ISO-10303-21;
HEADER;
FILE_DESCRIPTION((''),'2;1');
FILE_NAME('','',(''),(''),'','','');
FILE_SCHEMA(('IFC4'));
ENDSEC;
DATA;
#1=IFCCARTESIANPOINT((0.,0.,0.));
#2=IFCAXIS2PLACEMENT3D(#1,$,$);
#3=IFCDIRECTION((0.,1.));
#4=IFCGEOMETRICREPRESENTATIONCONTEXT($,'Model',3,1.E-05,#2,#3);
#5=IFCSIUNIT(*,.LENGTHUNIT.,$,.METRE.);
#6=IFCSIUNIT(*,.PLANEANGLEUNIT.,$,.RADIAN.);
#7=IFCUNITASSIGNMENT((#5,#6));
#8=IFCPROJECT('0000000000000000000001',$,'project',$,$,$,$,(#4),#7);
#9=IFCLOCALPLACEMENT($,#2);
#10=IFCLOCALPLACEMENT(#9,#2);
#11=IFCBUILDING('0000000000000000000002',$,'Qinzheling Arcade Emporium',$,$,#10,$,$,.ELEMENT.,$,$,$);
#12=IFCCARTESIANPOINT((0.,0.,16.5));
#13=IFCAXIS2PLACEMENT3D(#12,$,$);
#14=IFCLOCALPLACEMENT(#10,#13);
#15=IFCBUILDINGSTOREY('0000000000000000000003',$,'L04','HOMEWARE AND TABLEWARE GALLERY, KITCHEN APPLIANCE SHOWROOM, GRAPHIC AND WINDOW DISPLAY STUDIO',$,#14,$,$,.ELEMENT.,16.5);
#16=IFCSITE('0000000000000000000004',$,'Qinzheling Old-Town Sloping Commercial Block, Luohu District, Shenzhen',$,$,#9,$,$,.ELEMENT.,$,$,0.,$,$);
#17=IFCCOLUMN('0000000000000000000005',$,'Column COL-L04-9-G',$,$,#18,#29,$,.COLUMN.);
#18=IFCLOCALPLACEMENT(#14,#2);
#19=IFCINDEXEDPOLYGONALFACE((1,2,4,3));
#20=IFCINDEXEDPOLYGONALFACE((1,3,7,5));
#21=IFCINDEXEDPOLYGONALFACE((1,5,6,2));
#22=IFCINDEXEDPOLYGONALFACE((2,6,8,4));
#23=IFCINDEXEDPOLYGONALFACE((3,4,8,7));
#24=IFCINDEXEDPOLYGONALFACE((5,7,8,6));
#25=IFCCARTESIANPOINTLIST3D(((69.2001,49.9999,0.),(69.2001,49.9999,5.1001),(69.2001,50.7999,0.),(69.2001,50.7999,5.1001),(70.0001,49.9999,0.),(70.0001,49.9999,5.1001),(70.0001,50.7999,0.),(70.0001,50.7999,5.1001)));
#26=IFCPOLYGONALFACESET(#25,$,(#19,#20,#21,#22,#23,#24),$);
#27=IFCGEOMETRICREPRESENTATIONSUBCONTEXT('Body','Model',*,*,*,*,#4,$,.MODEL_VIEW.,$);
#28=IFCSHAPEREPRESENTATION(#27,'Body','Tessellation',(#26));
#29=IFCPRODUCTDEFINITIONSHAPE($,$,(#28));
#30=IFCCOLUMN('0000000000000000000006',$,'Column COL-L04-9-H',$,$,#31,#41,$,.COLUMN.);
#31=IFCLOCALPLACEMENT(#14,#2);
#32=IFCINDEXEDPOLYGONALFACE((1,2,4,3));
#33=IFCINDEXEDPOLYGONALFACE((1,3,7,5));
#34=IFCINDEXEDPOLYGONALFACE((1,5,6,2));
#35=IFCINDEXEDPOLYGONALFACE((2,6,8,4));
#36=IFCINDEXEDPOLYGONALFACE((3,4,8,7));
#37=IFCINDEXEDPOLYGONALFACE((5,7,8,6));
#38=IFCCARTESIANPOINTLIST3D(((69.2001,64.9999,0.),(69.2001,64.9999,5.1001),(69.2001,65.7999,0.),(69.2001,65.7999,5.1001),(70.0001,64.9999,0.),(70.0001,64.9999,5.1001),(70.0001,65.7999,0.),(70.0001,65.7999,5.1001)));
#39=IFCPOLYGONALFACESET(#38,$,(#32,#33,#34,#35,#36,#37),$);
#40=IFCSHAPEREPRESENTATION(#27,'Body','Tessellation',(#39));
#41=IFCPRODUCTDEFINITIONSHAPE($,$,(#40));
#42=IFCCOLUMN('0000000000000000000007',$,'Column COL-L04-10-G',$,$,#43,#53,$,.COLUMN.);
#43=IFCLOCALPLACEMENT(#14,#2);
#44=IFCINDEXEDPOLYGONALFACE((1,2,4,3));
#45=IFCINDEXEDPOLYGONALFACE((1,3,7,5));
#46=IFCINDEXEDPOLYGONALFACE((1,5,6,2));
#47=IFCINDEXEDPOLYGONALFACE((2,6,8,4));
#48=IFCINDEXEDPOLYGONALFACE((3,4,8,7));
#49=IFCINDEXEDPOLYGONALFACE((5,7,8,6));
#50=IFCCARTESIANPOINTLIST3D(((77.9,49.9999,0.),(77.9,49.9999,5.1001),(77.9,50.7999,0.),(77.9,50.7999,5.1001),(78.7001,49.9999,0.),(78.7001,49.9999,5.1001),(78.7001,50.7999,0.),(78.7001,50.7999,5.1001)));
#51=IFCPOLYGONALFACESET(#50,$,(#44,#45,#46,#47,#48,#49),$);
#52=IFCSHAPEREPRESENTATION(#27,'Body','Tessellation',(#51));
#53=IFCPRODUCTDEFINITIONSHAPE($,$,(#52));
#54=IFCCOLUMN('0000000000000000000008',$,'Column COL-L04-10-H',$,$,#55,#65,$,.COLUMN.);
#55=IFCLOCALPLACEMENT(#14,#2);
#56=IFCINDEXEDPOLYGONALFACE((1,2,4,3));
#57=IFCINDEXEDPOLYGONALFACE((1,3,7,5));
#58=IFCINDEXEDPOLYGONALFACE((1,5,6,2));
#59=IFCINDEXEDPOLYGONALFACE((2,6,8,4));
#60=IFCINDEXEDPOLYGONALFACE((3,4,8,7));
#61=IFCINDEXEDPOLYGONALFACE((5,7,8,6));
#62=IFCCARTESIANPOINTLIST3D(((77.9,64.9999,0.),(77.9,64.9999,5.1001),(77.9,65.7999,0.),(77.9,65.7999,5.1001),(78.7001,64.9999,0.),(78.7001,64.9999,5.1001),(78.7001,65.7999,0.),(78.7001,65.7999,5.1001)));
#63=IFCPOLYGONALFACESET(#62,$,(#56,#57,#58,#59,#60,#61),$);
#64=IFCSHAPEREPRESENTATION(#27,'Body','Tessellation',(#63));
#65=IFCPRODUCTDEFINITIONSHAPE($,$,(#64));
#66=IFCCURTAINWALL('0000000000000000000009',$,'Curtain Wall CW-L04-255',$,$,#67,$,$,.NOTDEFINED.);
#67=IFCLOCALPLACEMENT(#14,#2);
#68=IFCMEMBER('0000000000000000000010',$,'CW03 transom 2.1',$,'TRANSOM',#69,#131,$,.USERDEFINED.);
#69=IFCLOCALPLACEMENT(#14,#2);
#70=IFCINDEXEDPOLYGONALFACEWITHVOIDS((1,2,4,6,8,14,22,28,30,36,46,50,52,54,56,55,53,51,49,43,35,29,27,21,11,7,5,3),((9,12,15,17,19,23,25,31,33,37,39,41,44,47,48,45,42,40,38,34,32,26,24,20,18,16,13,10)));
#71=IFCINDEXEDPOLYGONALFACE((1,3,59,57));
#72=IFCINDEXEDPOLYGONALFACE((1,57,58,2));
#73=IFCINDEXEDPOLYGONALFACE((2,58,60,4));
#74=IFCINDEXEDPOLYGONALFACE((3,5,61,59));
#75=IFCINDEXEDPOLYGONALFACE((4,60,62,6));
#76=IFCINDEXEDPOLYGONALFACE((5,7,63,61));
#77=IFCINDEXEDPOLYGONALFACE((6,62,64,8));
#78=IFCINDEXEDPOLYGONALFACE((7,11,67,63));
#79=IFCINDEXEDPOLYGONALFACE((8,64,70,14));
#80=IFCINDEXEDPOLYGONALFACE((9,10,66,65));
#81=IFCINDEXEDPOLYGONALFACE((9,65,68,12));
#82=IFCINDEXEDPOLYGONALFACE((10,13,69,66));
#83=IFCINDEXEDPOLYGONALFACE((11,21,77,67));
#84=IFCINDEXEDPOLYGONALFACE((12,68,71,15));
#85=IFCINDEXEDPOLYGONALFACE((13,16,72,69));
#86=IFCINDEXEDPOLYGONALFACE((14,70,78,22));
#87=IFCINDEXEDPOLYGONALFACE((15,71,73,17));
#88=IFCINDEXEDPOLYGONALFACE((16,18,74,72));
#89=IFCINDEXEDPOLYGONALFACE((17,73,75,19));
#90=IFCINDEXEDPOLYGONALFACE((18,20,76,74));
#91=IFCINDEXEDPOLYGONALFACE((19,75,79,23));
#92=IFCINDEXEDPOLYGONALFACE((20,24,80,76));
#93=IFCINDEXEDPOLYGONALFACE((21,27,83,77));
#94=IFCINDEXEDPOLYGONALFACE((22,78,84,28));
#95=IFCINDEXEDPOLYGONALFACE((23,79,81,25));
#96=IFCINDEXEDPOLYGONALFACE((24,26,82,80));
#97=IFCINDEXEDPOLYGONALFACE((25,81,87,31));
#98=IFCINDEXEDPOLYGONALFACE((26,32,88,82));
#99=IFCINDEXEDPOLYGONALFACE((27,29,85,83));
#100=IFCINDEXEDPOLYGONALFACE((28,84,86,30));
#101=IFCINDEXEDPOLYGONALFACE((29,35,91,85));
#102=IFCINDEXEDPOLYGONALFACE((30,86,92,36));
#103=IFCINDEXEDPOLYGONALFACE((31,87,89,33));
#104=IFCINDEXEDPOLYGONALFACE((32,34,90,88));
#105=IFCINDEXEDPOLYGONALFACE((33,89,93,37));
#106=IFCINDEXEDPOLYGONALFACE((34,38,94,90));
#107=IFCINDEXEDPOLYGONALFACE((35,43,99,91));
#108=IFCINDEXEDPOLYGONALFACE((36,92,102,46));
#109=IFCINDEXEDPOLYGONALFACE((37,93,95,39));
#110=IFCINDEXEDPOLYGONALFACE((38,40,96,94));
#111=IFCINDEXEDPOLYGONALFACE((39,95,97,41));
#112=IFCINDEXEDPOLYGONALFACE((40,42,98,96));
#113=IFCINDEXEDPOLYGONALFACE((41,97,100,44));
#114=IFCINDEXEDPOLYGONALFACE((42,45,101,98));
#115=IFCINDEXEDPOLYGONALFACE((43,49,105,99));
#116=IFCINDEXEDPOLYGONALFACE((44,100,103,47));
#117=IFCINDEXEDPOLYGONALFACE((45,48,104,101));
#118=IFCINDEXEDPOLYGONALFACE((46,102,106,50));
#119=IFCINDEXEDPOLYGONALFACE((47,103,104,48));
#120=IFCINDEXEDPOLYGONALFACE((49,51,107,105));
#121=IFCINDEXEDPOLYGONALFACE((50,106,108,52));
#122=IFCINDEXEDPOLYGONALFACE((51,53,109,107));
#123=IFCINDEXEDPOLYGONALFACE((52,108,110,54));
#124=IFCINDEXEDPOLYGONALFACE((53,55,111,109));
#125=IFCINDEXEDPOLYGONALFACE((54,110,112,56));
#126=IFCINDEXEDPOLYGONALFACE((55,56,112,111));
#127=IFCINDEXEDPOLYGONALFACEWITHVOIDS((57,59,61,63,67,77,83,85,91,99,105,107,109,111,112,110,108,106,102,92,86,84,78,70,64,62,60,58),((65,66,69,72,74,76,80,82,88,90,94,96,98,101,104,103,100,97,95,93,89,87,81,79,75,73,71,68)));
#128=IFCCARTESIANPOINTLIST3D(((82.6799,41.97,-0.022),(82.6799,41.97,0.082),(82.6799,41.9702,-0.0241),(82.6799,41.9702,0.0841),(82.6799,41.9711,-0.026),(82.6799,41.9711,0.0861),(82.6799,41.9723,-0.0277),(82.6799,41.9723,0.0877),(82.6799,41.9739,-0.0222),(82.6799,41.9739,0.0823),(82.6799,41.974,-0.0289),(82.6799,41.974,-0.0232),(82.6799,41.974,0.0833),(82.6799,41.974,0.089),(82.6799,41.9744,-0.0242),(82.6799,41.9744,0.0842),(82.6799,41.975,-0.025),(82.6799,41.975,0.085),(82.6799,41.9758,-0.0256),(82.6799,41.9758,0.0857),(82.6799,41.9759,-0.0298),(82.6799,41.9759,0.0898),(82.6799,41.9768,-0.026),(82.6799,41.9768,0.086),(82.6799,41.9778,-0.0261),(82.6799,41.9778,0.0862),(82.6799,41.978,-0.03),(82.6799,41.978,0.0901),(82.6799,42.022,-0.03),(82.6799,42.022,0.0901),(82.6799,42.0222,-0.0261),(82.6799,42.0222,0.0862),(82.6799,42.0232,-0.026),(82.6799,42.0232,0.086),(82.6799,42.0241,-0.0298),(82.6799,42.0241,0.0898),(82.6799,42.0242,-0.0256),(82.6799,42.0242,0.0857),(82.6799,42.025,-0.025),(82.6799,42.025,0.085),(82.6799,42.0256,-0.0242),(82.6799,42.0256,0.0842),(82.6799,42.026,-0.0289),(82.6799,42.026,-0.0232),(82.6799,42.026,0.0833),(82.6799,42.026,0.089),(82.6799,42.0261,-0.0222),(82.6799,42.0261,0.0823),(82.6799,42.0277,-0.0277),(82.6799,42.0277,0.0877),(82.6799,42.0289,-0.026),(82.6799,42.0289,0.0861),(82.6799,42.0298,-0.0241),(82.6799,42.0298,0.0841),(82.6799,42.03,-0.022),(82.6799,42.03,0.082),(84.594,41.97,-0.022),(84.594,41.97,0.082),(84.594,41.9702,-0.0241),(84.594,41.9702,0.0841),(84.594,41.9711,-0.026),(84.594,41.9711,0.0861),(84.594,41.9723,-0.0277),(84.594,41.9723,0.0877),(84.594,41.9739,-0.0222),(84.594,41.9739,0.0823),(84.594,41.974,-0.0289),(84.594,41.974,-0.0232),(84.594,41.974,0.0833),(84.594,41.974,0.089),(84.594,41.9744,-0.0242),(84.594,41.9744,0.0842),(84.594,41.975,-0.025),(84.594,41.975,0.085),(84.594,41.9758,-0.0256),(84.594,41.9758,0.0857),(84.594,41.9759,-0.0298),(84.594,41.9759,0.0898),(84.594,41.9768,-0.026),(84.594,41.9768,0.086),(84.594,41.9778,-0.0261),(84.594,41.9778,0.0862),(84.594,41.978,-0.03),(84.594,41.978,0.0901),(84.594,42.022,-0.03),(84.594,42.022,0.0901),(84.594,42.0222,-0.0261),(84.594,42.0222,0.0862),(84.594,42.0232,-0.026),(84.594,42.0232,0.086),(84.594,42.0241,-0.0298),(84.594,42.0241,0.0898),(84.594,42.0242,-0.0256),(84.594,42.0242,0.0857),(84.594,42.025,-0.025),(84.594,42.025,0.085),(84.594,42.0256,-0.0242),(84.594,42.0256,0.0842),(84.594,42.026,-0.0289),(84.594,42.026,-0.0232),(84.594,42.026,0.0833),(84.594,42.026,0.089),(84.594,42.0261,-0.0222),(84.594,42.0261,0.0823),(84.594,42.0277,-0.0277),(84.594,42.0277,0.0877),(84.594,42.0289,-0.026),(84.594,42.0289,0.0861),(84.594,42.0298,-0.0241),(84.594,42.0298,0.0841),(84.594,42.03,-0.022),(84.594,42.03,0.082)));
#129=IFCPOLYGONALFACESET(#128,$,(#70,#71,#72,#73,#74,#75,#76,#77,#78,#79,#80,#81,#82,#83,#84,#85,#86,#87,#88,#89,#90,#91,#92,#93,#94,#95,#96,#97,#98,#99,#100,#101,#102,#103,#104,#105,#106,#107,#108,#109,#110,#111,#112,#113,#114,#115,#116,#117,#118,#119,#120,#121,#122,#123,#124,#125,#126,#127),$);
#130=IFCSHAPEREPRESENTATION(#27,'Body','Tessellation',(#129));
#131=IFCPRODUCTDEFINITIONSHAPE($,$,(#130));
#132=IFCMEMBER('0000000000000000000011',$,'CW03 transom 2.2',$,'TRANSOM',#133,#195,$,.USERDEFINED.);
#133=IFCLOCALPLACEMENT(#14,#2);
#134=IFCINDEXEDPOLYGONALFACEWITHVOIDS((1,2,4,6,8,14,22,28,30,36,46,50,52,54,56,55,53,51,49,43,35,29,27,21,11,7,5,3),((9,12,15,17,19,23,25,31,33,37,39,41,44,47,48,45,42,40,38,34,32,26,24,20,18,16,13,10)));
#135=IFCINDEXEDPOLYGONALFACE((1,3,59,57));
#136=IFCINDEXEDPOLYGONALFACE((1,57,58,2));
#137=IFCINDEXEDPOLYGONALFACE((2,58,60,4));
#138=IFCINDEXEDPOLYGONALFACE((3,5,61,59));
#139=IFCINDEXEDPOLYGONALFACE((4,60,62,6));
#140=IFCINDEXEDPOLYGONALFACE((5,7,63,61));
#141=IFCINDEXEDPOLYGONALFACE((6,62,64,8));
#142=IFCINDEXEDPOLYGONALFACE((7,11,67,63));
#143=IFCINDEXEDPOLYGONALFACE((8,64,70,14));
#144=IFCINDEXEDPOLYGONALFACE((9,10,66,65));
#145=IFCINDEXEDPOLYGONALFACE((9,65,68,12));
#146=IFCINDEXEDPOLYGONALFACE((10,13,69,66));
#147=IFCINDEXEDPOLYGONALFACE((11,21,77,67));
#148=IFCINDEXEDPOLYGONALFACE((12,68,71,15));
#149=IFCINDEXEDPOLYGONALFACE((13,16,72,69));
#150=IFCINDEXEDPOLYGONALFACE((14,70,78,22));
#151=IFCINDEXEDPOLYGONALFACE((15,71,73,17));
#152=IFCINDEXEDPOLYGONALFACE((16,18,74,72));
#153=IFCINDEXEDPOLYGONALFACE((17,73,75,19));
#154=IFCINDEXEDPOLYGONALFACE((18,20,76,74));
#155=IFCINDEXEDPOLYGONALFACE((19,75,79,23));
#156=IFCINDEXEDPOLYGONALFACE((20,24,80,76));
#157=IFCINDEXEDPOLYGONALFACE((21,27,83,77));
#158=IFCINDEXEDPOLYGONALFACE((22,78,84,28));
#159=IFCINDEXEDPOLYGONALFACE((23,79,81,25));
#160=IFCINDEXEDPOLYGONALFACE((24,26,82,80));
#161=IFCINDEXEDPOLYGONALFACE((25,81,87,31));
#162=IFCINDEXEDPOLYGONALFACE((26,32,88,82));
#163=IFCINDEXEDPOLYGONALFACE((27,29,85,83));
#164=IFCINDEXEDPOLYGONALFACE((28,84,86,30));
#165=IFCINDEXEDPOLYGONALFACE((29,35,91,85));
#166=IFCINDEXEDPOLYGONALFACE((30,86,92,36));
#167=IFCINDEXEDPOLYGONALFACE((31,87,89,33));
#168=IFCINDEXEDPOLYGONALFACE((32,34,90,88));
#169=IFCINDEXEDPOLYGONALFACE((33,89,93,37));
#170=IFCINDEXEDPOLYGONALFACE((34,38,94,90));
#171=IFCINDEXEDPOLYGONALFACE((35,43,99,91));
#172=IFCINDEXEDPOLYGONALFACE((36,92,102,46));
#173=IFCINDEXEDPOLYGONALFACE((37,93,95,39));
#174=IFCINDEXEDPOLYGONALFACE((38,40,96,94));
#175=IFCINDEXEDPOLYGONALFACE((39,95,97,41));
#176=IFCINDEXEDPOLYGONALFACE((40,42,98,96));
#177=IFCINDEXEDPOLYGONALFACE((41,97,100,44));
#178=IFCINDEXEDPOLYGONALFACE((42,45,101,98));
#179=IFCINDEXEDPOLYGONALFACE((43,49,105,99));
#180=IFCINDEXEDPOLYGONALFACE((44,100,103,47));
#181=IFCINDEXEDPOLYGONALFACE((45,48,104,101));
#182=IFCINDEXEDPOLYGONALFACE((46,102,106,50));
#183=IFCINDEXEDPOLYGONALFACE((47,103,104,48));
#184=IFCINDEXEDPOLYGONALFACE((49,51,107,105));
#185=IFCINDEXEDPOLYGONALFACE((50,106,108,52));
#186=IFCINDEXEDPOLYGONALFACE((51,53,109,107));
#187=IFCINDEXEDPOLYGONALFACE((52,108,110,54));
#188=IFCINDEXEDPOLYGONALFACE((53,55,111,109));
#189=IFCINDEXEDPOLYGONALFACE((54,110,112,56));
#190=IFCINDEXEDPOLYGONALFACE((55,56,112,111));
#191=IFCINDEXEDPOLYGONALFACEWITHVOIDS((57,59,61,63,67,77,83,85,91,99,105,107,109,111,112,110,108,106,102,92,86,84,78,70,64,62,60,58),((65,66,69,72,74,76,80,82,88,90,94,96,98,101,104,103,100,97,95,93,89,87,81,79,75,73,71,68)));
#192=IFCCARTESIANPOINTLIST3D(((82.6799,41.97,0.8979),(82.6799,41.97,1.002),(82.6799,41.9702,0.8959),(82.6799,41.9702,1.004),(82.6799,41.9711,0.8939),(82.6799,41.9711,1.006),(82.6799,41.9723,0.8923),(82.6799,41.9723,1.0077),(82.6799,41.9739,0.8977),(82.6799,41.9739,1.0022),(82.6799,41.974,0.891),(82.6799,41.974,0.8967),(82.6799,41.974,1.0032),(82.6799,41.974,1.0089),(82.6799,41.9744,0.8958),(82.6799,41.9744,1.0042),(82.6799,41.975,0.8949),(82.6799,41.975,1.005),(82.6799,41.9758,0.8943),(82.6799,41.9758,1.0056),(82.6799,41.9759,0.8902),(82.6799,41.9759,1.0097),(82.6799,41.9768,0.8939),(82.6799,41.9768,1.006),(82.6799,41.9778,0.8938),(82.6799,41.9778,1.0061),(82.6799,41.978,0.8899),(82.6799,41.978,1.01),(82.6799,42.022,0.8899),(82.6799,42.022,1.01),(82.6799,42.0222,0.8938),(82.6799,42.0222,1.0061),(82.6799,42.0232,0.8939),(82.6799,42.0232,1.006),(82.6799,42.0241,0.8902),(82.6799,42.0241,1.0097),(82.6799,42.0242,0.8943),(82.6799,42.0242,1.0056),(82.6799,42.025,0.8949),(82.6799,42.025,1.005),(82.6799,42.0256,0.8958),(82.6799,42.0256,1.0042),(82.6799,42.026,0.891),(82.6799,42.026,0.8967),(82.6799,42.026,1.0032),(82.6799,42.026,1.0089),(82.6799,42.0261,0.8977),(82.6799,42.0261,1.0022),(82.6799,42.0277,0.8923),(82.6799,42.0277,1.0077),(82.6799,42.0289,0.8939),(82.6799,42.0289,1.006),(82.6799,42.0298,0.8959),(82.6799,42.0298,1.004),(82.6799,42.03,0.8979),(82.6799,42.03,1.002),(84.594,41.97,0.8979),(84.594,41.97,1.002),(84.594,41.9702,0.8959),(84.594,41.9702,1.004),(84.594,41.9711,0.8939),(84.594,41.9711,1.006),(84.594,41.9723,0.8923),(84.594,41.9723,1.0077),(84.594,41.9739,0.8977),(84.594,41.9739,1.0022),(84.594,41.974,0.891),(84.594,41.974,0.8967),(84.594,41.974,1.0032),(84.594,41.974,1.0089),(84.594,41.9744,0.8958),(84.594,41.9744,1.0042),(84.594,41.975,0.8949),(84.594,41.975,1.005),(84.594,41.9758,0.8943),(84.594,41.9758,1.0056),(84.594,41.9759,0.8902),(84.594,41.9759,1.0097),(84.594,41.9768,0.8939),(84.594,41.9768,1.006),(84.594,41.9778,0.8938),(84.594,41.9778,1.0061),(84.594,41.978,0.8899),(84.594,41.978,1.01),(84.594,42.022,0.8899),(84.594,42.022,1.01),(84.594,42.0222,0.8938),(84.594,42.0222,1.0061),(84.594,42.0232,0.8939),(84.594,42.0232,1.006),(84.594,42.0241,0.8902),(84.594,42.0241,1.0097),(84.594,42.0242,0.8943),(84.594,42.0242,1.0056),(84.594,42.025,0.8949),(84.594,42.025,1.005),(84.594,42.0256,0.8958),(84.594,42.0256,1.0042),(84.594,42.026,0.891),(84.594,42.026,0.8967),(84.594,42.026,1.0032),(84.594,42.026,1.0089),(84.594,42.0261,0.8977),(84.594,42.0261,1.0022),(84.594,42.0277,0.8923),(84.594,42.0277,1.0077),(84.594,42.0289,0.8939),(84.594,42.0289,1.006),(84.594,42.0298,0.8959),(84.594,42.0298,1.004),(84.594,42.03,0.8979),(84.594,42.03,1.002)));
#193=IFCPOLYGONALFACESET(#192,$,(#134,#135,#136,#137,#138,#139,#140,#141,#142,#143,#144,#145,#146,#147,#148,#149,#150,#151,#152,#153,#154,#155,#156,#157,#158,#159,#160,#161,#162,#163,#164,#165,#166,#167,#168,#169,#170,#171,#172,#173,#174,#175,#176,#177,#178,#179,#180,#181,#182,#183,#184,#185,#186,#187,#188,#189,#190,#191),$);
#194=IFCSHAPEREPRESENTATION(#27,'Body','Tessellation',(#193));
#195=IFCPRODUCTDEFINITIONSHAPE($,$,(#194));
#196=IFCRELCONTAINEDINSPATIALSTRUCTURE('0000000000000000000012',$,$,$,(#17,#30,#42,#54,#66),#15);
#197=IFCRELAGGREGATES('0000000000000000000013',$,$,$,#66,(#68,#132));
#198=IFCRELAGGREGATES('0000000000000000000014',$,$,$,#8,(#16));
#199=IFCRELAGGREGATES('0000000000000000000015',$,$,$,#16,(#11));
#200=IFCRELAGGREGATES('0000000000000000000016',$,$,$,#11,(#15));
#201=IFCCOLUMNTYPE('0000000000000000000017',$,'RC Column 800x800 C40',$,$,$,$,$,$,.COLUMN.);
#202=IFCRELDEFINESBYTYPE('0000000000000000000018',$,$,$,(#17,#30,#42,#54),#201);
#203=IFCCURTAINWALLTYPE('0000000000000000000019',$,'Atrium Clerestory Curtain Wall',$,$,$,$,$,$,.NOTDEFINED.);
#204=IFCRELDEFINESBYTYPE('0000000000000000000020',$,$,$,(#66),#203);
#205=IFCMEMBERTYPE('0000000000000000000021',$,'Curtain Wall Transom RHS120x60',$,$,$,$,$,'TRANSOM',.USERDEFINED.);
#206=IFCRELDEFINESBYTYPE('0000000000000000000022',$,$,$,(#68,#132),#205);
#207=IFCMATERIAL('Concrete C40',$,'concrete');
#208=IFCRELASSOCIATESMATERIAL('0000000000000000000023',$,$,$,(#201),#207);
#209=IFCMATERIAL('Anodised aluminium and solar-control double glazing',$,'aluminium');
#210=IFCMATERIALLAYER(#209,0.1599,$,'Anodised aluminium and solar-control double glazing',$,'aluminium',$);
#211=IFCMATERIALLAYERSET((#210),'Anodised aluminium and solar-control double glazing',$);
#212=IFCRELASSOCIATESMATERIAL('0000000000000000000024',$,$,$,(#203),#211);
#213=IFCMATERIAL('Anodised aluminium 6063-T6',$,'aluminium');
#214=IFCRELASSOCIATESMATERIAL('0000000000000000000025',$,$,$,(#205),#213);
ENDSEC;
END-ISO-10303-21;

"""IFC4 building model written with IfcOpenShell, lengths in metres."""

from ifc_helpers import new_model, si_unit, direction, frame, origin, origin_2d, place, context, subcontext, project, spatial, rectangle, hollow_rectangle, extrude, material, layer, layer_set, material_profile, profile_set, type_object, element, aggregate, save


model = new_model("IFC4")

# Units and contexts
model_context = context("Model", 3, precision=1e-05, world=origin(), true_north=direction((0.0, 1.0)))
body_context = subcontext(model_context, "Body", "Model", "MODEL_VIEW")
ifc_project = project(units=[si_unit("LENGTHUNIT", "METRE"), si_unit("PLANEANGLEUNIT", "RADIAN")], contexts=[model_context])

# Site, building, storey
site_placement = place(None, origin())
site = spatial("IfcSite", under=ifc_project, at=site_placement, Name="Qinzheling Old-Town Sloping Commercial Block, Luohu District, Shenzhen", CompositionType="ELEMENT", RefElevation=0.0)
building_placement = place(site_placement, origin())
building = spatial("IfcBuilding", under=site, at=building_placement, Name="Qinzheling Arcade Emporium", CompositionType="ELEMENT")
storey_placement = place(building_placement, frame((0.0, 0.0, 16.5)))
storey = spatial("IfcBuildingStorey", under=building, at=storey_placement, Name="L04", Description="HOMEWARE AND TABLEWARE GALLERY, KITCHEN APPLIANCE SHOWROOM, GRAPHIC AND WINDOW DISPLAY STUDIO", CompositionType="ELEMENT", Elevation=16.5)

# Columns
ifc_material_1 = material(Name="Concrete C40", Category="concrete")
ifc_material_profile_1 = material_profile(ifc_material_1, rectangle(XDim=0.8, YDim=0.8, at=origin_2d()), Name="RC 800x800", Category="concrete")
ifc_profile_set_1 = profile_set([ifc_material_profile_1], Name="Concrete C40")
column_type = type_object("IfcColumnType", Name="RC Column 800x800 C40", PredefinedType="COLUMN", material=ifc_profile_set_1)
for number, where, z_axis, x_axis, name in (
    (1, (69.6001, 50.3999, 0.0), (0.0, 0.0, 1.0), (1.0, 0.0, 0.0), "Column COL-L04-9-G"),
    (2, (69.6001, 65.3999, 0.0), (0.0, 0.0, 1.0), (1.0, 0.0, 0.0), "Column COL-L04-9-H"),
    (3, (78.3, 50.3999, 0.0), (0.0, 0.0, 1.0), (1.0, 0.0, 0.0), "Column COL-L04-10-G"),
    (4, (78.3, 65.3999, 0.0), (0.0, 0.0, 1.0), (1.0, 0.0, 0.0), "Column COL-L04-10-H"),
):
    element("IfcColumn", number, at=place(storey_placement, frame(where, z_axis=z_axis, x_axis=x_axis)), inside=storey, type_object=column_type, Name=name, PredefinedType="COLUMN", context=body_context, shape_type="SweptSolid", body=[
        extrude(rectangle(XDim=0.8, YDim=0.8, at=origin_2d()), origin(), (0.0, 0.0, 1.0), 5.1001),
    ])

# Curtain wall, members
ifc_material_2 = material(Name="Anodised aluminium and solar-control double glazing", Category="aluminium")
ifc_layer_1 = layer(ifc_material_2, 0.1599, Name="Anodised aluminium and solar-control double glazing", Category="aluminium")
ifc_layer_set_1 = layer_set([ifc_layer_1], Name="Anodised aluminium and solar-control double glazing")
curtain_wall_type = type_object("IfcCurtainWallType", Name="Atrium Clerestory Curtain Wall", PredefinedType="NOTDEFINED", material=ifc_layer_set_1)
curtain_wall_placement = place(storey_placement, origin())
curtain_wall = element("IfcCurtainWall", 5, at=curtain_wall_placement, inside=storey, type_object=curtain_wall_type, Name="Curtain Wall CW-L04-255", PredefinedType="NOTDEFINED")
ifc_material_3 = material(Name="Anodised aluminium 6063-T6", Category="aluminium")
ifc_material_profile_2 = material_profile(ifc_material_3, hollow_rectangle(XDim=0.0601, YDim=0.1201, WallThickness=0.0039, InnerFilletRadius=0.0039, OuterFilletRadius=0.0081, at=origin_2d()), Name="RHS 120x60x4", Category="aluminium")
ifc_profile_set_2 = profile_set([ifc_material_profile_2], Name="Anodised aluminium 6063-T6")
member_type_1 = type_object("IfcMemberType", Name="Curtain Wall Transom RHS120x60", ElementType="TRANSOM", PredefinedType="USERDEFINED", material=ifc_profile_set_2)
member_1_placement = place(storey_placement, frame((84.594, 42.0, 0.03), z_axis=(-1.0, 0.0, 0.0), x_axis=(0.0, -1.0, 0.0)))
member_1 = element("IfcMember", 6, at=member_1_placement, type_object=member_type_1, Name="CW03 transom 2.1", ObjectType="TRANSOM", PredefinedType="USERDEFINED", context=body_context, shape_type="SweptSolid", body=[
    extrude(hollow_rectangle(XDim=0.0601, YDim=0.1201, WallThickness=0.0039, InnerFilletRadius=0.0039, OuterFilletRadius=0.0081, at=origin_2d()), origin(), (0.0, 0.0, 1.0), 1.9141),
])
member_2_placement = place(storey_placement, frame((84.594, 42.0, 0.95), z_axis=(-1.0, 0.0, 0.0), x_axis=(0.0, -1.0, 0.0)))
member_2 = element("IfcMember", 7, at=member_2_placement, type_object=member_type_1, Name="CW03 transom 2.2", ObjectType="TRANSOM", PredefinedType="USERDEFINED", context=body_context, shape_type="SweptSolid", body=[
    extrude(hollow_rectangle(XDim=0.0601, YDim=0.1201, WallThickness=0.0039, InnerFilletRadius=0.0039, OuterFilletRadius=0.0081, at=origin_2d()), origin(), (0.0, 0.0, 1.0), 1.9141),
])
aggregate(curtain_wall, [member_1, member_2])

save(model, "model.ifc")
